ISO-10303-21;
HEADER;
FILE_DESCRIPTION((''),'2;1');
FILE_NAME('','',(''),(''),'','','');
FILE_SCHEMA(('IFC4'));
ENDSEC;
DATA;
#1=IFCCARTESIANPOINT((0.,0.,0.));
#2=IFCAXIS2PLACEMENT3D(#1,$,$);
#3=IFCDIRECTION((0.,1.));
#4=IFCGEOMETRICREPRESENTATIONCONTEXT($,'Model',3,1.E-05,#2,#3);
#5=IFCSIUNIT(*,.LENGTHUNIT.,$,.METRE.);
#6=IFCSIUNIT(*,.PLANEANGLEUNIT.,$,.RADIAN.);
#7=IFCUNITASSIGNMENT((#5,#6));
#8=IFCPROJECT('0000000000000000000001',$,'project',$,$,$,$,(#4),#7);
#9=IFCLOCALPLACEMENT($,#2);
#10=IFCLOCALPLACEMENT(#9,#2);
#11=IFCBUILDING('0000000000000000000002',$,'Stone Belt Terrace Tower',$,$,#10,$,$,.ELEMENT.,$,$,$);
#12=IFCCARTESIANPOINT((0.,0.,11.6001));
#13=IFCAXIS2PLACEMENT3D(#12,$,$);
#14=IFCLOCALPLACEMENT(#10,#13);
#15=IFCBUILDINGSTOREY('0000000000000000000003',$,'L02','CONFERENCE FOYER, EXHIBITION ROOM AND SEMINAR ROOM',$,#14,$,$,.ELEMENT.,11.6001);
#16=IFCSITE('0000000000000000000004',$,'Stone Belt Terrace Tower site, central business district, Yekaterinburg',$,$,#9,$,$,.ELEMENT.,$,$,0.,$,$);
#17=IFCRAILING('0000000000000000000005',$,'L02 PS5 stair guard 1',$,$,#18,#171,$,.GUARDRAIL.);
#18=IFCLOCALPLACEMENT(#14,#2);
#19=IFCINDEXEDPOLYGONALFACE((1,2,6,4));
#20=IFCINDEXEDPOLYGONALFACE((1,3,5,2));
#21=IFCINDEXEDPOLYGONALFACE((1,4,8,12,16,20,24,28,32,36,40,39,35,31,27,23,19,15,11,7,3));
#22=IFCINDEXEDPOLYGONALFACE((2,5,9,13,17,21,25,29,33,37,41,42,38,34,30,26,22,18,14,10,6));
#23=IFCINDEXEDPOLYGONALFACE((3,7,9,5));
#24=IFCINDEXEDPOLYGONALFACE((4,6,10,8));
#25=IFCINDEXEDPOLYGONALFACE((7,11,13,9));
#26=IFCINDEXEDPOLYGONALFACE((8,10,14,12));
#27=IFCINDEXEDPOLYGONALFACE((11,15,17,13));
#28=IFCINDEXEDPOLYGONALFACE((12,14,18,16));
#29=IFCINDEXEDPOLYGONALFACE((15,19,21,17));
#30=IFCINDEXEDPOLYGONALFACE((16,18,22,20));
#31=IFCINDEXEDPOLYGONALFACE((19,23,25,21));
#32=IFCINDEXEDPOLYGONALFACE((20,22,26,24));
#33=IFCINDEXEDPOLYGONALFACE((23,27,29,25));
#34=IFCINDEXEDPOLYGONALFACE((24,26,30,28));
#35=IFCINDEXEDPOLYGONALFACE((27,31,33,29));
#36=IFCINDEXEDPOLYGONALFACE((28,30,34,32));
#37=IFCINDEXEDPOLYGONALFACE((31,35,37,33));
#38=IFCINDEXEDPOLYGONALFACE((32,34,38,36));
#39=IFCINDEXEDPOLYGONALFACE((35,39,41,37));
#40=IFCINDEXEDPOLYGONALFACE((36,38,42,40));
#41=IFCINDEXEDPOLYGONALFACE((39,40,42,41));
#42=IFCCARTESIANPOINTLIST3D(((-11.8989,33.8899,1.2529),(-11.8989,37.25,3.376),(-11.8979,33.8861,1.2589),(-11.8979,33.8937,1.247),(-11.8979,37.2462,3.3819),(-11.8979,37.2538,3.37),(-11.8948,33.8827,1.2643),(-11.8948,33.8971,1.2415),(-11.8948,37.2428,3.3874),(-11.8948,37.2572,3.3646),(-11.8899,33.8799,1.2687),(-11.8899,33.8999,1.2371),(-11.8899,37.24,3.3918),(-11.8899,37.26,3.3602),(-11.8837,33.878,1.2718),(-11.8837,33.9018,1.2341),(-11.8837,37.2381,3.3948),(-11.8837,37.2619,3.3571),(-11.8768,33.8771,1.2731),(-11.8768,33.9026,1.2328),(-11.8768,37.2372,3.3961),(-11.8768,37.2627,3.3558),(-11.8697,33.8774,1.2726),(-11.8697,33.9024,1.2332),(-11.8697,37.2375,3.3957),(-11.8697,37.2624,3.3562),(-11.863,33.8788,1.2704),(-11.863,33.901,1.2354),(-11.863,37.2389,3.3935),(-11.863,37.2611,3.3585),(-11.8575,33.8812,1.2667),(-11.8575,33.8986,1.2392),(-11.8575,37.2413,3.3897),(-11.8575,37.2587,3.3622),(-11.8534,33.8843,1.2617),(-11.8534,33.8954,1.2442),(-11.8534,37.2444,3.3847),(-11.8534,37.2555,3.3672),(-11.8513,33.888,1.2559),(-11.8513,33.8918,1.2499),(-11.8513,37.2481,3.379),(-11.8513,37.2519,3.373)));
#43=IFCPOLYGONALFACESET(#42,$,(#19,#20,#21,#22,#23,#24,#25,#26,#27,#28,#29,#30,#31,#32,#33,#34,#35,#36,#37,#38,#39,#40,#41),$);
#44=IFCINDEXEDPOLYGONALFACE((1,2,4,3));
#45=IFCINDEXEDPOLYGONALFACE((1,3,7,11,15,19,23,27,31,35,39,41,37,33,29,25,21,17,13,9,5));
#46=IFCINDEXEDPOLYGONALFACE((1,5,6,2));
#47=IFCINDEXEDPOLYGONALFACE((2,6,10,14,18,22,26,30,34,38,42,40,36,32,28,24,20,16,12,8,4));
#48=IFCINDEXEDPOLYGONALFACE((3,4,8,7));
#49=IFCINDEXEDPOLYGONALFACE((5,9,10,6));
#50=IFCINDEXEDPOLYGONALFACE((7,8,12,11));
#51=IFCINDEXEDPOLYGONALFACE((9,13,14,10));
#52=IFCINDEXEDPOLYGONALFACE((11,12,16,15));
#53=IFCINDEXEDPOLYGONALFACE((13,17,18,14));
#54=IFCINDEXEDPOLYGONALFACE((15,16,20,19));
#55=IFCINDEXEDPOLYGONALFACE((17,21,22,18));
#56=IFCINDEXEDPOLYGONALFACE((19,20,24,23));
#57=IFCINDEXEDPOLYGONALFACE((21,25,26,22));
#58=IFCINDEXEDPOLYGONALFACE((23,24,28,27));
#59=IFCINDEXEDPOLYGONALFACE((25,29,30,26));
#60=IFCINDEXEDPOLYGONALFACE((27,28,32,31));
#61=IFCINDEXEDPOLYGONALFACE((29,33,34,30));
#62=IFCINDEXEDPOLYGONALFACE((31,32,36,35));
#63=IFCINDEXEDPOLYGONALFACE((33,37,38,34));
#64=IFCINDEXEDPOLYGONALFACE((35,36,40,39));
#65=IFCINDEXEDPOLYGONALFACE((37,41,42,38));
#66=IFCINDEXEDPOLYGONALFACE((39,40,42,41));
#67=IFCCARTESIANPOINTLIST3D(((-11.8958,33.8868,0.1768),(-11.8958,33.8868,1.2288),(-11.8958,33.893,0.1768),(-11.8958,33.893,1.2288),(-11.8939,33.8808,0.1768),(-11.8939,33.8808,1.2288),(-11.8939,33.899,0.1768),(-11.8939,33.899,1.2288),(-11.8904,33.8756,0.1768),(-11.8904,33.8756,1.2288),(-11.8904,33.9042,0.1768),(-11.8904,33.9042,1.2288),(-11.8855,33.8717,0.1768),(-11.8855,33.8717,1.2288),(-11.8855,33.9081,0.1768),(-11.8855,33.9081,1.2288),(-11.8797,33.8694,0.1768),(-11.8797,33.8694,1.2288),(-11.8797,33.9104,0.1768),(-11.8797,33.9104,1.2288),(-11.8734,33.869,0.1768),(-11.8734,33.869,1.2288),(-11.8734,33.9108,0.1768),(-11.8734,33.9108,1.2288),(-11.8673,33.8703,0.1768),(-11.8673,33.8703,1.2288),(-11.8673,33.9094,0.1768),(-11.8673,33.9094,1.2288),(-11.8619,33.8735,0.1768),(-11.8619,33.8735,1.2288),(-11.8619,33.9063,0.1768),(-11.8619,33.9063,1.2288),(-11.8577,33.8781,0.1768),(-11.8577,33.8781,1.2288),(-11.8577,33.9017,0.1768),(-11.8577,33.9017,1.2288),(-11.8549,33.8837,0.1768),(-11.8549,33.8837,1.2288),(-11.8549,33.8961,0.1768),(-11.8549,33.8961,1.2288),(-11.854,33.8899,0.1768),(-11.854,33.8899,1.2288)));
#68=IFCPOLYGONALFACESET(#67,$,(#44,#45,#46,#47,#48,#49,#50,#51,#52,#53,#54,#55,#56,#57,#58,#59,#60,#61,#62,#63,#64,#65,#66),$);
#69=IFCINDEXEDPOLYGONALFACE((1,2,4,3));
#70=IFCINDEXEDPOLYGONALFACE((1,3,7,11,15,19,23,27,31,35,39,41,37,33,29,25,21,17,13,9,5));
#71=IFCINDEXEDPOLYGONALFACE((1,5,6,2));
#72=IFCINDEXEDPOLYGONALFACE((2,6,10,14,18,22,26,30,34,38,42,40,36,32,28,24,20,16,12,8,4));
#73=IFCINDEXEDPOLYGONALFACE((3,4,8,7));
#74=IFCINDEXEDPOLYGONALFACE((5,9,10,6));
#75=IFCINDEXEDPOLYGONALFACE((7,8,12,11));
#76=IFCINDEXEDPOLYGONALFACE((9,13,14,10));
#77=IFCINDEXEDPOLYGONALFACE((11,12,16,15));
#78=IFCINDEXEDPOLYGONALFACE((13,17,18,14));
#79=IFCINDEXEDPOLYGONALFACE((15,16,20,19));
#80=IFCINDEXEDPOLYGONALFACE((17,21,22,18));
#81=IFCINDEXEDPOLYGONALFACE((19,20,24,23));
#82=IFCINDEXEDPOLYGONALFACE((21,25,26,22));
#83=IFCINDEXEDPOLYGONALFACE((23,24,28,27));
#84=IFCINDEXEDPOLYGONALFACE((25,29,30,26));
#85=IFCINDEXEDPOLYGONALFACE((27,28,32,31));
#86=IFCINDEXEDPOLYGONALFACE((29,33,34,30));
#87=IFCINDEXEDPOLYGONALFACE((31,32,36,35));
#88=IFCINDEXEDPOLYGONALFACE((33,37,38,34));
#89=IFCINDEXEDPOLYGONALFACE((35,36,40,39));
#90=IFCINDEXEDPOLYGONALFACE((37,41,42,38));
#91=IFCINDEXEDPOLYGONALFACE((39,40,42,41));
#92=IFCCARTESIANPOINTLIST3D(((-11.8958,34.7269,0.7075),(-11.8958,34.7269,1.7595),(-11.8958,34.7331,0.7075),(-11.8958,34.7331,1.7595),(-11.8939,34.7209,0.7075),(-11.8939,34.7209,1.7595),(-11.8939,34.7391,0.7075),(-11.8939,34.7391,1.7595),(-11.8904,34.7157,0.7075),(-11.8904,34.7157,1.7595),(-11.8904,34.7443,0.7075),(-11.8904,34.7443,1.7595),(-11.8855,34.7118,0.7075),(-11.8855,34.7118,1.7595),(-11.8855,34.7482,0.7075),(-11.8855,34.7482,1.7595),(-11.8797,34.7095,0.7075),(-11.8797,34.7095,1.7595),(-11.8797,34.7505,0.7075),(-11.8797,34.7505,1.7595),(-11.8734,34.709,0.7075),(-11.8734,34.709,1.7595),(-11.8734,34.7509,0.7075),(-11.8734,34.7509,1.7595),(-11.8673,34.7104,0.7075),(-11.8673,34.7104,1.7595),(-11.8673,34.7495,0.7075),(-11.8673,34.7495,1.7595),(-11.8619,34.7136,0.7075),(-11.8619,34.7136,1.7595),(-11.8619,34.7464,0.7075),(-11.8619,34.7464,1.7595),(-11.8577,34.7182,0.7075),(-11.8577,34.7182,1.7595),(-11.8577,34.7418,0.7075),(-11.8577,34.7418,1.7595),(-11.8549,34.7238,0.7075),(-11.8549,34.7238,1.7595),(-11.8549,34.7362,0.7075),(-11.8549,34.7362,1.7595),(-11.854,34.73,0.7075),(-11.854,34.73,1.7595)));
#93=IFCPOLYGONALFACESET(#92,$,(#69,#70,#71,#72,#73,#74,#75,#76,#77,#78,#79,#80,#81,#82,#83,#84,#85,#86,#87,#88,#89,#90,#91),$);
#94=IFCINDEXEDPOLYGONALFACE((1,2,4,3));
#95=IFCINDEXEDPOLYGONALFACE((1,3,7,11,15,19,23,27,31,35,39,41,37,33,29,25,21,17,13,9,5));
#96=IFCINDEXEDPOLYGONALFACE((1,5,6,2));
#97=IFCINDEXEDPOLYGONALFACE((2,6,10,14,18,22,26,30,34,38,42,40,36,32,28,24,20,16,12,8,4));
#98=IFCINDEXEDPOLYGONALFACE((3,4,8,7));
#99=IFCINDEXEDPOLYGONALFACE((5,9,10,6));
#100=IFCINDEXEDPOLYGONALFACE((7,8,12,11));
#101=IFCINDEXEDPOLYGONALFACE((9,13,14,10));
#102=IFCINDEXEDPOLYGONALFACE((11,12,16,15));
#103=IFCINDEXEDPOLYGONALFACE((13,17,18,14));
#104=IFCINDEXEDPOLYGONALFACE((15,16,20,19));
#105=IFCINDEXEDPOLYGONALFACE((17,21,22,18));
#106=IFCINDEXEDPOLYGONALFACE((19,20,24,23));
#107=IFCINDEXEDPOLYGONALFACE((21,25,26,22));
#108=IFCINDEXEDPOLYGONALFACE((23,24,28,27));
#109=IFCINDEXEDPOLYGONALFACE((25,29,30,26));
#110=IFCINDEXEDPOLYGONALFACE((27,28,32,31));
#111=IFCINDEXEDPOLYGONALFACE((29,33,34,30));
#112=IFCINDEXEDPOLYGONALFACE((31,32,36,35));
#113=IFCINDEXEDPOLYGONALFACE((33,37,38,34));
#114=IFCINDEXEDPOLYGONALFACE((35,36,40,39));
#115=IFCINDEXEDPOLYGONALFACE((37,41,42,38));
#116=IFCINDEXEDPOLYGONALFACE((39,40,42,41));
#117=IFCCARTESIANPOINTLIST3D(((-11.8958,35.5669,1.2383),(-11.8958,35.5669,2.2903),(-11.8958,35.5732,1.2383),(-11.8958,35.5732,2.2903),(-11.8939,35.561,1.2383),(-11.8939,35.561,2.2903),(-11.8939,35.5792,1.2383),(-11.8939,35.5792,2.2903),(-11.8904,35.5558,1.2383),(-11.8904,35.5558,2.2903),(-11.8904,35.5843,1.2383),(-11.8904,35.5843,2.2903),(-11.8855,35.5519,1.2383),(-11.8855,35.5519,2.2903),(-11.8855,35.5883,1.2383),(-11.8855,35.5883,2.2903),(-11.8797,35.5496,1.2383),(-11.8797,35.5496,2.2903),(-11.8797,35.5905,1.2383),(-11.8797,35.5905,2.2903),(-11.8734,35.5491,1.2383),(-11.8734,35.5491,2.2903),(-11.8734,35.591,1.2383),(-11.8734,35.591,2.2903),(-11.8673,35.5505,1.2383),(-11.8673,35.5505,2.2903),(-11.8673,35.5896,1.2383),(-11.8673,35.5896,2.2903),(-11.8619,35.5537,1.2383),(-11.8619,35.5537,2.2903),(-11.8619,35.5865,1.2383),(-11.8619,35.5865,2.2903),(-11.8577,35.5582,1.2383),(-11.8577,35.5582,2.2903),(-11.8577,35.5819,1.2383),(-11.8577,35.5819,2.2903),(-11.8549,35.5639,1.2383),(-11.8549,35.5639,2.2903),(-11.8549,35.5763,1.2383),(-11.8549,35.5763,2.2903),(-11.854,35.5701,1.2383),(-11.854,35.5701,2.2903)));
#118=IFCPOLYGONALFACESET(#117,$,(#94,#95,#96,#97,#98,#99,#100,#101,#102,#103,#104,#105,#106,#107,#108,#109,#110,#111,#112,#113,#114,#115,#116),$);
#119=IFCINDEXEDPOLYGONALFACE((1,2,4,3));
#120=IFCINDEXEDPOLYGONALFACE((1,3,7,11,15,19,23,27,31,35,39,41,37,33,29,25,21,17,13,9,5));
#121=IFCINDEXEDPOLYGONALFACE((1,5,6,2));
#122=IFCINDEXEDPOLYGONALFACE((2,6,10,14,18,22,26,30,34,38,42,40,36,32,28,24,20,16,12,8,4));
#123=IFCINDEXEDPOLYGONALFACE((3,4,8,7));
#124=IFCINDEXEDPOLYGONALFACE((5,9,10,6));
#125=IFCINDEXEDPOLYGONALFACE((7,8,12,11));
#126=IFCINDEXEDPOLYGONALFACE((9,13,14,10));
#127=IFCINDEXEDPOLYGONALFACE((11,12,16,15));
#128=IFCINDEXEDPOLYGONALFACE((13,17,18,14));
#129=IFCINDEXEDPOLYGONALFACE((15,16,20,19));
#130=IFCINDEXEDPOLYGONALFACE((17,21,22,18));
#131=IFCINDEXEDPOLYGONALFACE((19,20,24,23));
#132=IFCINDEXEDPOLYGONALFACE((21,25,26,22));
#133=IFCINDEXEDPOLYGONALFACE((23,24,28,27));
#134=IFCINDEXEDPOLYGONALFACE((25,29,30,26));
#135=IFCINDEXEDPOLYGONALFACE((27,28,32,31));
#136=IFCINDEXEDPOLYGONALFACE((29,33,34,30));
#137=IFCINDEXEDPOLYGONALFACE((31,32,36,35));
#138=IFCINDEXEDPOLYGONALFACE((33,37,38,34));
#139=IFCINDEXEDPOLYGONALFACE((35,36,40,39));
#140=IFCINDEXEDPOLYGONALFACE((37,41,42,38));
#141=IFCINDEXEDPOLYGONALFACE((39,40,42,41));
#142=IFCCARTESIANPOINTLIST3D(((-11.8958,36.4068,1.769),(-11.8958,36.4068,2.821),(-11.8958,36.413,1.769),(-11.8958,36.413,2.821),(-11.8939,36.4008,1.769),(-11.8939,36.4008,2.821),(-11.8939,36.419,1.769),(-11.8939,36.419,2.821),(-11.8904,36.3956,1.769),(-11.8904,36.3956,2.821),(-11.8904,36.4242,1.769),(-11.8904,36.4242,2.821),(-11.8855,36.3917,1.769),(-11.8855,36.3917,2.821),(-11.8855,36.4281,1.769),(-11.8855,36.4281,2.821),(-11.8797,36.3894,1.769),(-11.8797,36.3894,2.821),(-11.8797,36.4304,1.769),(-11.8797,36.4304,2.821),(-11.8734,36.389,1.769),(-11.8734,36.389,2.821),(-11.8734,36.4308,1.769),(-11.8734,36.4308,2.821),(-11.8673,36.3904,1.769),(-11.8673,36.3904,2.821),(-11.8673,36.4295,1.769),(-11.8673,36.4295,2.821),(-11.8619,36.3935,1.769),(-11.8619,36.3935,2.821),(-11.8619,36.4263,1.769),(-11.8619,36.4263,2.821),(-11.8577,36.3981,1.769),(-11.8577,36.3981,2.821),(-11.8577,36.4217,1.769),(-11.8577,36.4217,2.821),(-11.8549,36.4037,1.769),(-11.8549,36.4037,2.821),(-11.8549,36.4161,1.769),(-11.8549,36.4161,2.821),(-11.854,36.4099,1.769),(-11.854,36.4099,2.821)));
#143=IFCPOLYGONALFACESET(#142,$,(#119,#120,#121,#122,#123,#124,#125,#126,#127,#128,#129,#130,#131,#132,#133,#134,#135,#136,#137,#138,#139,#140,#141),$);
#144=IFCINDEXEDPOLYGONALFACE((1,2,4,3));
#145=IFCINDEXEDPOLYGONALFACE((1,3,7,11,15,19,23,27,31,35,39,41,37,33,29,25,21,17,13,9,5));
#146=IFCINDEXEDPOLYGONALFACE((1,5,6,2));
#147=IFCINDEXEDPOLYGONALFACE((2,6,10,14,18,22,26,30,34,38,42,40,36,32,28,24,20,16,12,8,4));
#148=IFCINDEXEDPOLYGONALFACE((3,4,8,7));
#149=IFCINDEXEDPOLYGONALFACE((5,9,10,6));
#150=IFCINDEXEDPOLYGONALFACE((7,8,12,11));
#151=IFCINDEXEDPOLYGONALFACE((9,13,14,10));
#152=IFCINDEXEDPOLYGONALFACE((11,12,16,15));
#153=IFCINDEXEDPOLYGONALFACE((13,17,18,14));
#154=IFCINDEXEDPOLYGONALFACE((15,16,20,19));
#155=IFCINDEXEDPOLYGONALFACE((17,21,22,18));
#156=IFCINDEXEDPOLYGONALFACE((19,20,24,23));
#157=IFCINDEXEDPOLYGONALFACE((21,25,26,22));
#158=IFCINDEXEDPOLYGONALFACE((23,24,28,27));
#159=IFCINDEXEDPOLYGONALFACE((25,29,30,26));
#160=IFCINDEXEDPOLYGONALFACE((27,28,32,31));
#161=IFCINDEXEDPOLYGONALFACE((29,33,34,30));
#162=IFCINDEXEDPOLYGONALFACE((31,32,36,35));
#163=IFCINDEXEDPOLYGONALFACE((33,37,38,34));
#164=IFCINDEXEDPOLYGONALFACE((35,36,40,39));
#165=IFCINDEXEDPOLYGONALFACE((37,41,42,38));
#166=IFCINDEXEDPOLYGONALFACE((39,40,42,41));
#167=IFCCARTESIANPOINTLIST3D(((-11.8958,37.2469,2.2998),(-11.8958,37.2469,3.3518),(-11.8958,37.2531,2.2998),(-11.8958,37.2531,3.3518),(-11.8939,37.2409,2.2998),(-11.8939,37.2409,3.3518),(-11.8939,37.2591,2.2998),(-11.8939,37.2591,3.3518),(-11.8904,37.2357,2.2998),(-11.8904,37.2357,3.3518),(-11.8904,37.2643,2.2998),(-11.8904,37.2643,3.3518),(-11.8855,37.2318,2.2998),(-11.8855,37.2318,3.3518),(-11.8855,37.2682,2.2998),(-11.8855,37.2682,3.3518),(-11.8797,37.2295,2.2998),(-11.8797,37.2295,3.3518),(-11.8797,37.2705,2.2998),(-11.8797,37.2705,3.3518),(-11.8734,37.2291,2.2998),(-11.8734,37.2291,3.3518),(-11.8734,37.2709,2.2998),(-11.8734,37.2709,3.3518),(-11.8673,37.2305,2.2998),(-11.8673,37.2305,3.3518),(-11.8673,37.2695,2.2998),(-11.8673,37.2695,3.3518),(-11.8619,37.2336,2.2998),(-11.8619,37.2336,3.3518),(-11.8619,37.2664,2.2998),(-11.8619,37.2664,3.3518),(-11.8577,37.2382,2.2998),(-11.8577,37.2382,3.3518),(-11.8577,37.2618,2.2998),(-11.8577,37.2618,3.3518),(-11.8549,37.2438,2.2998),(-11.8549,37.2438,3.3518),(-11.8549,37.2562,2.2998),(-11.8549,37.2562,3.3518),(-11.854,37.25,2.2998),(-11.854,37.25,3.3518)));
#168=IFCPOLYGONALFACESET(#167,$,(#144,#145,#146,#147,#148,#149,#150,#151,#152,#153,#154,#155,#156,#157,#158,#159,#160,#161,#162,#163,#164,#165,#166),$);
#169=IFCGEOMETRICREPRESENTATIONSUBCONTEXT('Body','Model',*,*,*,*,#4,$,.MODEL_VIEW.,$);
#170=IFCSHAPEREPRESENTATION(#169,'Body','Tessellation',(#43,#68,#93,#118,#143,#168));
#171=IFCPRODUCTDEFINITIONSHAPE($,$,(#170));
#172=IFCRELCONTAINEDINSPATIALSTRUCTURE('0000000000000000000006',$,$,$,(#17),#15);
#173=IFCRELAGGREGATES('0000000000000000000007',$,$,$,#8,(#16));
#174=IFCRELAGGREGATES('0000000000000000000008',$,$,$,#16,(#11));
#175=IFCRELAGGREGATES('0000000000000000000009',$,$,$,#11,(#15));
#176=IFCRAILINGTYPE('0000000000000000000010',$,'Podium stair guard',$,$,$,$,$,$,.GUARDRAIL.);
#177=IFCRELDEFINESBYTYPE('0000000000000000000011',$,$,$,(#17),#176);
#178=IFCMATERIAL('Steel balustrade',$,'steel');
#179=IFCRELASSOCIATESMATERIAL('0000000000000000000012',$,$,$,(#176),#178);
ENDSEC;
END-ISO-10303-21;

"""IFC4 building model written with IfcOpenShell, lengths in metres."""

from ifc_helpers import new_model, si_unit, direction, frame, origin, origin_2d, place, context, subcontext, project, spatial, circle, extrude, material, type_object, element, save


model = new_model("IFC4")

# Units and contexts
model_context = context("Model", 3, precision=1e-05, world=origin(), true_north=direction((0.0, 1.0)))
body_context = subcontext(model_context, "Body", "Model", "MODEL_VIEW")
ifc_project = project(units=[si_unit("LENGTHUNIT", "METRE"), si_unit("PLANEANGLEUNIT", "RADIAN")], contexts=[model_context])

# Site, building, storey
site_placement = place(None, origin())
site = spatial("IfcSite", under=ifc_project, at=site_placement, Name="Stone Belt Terrace Tower site, central business district, Yekaterinburg", CompositionType="ELEMENT", RefElevation=0.0)
building_placement = place(site_placement, origin())
building = spatial("IfcBuilding", under=site, at=building_placement, Name="Stone Belt Terrace Tower", CompositionType="ELEMENT")
storey_placement = place(building_placement, frame((0.0, 0.0, 11.6001)))
storey = spatial("IfcBuildingStorey", under=building, at=storey_placement, Name="L02", Description="CONFERENCE FOYER, EXHIBITION ROOM AND SEMINAR ROOM", CompositionType="ELEMENT", Elevation=11.6001)

# Railing
ifc_material_1 = material(Name="Steel balustrade", Category="steel")
railing_type_1 = type_object("IfcRailingType", Name="Podium stair guard", PredefinedType="GUARDRAIL", material=ifc_material_1)
railing_1_placement = place(storey_placement, frame((-11.875, 33.8899, 0.1768)))
element("IfcRailing", 1, at=railing_1_placement, inside=storey, type_object=railing_type_1, Name="L02 PS5 stair guard 1", PredefinedType="GUARDRAIL", context=body_context, shape_type="SweptSolid", body=[
    extrude(circle(Radius=0.0239, at=origin_2d()), frame((0.0, 0.0, 1.0762), z_axis=(0.0, 0.84539, 0.53415), x_axis=(-1.0, 0.0, 0.0)), (0.0, 0.0, 1.0), 3.9746),
    extrude(circle(Radius=0.021, at=origin_2d()), origin(), (0.0, 0.0, 1.0), 1.052),
    extrude(circle(Radius=0.021, at=origin_2d()), frame((0.0, 0.8401, 0.5308)), (0.0, 0.0, 1.0), 1.052),
    extrude(circle(Radius=0.021, at=origin_2d()), frame((0.0, 1.6802, 1.0615)), (0.0, 0.0, 1.0), 1.052),
    extrude(circle(Radius=0.021, at=origin_2d()), frame((0.0, 2.52, 1.5923)), (0.0, 0.0, 1.0), 1.052),
    extrude(circle(Radius=0.021, at=origin_2d()), frame((0.0, 3.3601, 2.123)), (0.0, 0.0, 1.0), 1.052),
])

save(model, "model.ifc")
